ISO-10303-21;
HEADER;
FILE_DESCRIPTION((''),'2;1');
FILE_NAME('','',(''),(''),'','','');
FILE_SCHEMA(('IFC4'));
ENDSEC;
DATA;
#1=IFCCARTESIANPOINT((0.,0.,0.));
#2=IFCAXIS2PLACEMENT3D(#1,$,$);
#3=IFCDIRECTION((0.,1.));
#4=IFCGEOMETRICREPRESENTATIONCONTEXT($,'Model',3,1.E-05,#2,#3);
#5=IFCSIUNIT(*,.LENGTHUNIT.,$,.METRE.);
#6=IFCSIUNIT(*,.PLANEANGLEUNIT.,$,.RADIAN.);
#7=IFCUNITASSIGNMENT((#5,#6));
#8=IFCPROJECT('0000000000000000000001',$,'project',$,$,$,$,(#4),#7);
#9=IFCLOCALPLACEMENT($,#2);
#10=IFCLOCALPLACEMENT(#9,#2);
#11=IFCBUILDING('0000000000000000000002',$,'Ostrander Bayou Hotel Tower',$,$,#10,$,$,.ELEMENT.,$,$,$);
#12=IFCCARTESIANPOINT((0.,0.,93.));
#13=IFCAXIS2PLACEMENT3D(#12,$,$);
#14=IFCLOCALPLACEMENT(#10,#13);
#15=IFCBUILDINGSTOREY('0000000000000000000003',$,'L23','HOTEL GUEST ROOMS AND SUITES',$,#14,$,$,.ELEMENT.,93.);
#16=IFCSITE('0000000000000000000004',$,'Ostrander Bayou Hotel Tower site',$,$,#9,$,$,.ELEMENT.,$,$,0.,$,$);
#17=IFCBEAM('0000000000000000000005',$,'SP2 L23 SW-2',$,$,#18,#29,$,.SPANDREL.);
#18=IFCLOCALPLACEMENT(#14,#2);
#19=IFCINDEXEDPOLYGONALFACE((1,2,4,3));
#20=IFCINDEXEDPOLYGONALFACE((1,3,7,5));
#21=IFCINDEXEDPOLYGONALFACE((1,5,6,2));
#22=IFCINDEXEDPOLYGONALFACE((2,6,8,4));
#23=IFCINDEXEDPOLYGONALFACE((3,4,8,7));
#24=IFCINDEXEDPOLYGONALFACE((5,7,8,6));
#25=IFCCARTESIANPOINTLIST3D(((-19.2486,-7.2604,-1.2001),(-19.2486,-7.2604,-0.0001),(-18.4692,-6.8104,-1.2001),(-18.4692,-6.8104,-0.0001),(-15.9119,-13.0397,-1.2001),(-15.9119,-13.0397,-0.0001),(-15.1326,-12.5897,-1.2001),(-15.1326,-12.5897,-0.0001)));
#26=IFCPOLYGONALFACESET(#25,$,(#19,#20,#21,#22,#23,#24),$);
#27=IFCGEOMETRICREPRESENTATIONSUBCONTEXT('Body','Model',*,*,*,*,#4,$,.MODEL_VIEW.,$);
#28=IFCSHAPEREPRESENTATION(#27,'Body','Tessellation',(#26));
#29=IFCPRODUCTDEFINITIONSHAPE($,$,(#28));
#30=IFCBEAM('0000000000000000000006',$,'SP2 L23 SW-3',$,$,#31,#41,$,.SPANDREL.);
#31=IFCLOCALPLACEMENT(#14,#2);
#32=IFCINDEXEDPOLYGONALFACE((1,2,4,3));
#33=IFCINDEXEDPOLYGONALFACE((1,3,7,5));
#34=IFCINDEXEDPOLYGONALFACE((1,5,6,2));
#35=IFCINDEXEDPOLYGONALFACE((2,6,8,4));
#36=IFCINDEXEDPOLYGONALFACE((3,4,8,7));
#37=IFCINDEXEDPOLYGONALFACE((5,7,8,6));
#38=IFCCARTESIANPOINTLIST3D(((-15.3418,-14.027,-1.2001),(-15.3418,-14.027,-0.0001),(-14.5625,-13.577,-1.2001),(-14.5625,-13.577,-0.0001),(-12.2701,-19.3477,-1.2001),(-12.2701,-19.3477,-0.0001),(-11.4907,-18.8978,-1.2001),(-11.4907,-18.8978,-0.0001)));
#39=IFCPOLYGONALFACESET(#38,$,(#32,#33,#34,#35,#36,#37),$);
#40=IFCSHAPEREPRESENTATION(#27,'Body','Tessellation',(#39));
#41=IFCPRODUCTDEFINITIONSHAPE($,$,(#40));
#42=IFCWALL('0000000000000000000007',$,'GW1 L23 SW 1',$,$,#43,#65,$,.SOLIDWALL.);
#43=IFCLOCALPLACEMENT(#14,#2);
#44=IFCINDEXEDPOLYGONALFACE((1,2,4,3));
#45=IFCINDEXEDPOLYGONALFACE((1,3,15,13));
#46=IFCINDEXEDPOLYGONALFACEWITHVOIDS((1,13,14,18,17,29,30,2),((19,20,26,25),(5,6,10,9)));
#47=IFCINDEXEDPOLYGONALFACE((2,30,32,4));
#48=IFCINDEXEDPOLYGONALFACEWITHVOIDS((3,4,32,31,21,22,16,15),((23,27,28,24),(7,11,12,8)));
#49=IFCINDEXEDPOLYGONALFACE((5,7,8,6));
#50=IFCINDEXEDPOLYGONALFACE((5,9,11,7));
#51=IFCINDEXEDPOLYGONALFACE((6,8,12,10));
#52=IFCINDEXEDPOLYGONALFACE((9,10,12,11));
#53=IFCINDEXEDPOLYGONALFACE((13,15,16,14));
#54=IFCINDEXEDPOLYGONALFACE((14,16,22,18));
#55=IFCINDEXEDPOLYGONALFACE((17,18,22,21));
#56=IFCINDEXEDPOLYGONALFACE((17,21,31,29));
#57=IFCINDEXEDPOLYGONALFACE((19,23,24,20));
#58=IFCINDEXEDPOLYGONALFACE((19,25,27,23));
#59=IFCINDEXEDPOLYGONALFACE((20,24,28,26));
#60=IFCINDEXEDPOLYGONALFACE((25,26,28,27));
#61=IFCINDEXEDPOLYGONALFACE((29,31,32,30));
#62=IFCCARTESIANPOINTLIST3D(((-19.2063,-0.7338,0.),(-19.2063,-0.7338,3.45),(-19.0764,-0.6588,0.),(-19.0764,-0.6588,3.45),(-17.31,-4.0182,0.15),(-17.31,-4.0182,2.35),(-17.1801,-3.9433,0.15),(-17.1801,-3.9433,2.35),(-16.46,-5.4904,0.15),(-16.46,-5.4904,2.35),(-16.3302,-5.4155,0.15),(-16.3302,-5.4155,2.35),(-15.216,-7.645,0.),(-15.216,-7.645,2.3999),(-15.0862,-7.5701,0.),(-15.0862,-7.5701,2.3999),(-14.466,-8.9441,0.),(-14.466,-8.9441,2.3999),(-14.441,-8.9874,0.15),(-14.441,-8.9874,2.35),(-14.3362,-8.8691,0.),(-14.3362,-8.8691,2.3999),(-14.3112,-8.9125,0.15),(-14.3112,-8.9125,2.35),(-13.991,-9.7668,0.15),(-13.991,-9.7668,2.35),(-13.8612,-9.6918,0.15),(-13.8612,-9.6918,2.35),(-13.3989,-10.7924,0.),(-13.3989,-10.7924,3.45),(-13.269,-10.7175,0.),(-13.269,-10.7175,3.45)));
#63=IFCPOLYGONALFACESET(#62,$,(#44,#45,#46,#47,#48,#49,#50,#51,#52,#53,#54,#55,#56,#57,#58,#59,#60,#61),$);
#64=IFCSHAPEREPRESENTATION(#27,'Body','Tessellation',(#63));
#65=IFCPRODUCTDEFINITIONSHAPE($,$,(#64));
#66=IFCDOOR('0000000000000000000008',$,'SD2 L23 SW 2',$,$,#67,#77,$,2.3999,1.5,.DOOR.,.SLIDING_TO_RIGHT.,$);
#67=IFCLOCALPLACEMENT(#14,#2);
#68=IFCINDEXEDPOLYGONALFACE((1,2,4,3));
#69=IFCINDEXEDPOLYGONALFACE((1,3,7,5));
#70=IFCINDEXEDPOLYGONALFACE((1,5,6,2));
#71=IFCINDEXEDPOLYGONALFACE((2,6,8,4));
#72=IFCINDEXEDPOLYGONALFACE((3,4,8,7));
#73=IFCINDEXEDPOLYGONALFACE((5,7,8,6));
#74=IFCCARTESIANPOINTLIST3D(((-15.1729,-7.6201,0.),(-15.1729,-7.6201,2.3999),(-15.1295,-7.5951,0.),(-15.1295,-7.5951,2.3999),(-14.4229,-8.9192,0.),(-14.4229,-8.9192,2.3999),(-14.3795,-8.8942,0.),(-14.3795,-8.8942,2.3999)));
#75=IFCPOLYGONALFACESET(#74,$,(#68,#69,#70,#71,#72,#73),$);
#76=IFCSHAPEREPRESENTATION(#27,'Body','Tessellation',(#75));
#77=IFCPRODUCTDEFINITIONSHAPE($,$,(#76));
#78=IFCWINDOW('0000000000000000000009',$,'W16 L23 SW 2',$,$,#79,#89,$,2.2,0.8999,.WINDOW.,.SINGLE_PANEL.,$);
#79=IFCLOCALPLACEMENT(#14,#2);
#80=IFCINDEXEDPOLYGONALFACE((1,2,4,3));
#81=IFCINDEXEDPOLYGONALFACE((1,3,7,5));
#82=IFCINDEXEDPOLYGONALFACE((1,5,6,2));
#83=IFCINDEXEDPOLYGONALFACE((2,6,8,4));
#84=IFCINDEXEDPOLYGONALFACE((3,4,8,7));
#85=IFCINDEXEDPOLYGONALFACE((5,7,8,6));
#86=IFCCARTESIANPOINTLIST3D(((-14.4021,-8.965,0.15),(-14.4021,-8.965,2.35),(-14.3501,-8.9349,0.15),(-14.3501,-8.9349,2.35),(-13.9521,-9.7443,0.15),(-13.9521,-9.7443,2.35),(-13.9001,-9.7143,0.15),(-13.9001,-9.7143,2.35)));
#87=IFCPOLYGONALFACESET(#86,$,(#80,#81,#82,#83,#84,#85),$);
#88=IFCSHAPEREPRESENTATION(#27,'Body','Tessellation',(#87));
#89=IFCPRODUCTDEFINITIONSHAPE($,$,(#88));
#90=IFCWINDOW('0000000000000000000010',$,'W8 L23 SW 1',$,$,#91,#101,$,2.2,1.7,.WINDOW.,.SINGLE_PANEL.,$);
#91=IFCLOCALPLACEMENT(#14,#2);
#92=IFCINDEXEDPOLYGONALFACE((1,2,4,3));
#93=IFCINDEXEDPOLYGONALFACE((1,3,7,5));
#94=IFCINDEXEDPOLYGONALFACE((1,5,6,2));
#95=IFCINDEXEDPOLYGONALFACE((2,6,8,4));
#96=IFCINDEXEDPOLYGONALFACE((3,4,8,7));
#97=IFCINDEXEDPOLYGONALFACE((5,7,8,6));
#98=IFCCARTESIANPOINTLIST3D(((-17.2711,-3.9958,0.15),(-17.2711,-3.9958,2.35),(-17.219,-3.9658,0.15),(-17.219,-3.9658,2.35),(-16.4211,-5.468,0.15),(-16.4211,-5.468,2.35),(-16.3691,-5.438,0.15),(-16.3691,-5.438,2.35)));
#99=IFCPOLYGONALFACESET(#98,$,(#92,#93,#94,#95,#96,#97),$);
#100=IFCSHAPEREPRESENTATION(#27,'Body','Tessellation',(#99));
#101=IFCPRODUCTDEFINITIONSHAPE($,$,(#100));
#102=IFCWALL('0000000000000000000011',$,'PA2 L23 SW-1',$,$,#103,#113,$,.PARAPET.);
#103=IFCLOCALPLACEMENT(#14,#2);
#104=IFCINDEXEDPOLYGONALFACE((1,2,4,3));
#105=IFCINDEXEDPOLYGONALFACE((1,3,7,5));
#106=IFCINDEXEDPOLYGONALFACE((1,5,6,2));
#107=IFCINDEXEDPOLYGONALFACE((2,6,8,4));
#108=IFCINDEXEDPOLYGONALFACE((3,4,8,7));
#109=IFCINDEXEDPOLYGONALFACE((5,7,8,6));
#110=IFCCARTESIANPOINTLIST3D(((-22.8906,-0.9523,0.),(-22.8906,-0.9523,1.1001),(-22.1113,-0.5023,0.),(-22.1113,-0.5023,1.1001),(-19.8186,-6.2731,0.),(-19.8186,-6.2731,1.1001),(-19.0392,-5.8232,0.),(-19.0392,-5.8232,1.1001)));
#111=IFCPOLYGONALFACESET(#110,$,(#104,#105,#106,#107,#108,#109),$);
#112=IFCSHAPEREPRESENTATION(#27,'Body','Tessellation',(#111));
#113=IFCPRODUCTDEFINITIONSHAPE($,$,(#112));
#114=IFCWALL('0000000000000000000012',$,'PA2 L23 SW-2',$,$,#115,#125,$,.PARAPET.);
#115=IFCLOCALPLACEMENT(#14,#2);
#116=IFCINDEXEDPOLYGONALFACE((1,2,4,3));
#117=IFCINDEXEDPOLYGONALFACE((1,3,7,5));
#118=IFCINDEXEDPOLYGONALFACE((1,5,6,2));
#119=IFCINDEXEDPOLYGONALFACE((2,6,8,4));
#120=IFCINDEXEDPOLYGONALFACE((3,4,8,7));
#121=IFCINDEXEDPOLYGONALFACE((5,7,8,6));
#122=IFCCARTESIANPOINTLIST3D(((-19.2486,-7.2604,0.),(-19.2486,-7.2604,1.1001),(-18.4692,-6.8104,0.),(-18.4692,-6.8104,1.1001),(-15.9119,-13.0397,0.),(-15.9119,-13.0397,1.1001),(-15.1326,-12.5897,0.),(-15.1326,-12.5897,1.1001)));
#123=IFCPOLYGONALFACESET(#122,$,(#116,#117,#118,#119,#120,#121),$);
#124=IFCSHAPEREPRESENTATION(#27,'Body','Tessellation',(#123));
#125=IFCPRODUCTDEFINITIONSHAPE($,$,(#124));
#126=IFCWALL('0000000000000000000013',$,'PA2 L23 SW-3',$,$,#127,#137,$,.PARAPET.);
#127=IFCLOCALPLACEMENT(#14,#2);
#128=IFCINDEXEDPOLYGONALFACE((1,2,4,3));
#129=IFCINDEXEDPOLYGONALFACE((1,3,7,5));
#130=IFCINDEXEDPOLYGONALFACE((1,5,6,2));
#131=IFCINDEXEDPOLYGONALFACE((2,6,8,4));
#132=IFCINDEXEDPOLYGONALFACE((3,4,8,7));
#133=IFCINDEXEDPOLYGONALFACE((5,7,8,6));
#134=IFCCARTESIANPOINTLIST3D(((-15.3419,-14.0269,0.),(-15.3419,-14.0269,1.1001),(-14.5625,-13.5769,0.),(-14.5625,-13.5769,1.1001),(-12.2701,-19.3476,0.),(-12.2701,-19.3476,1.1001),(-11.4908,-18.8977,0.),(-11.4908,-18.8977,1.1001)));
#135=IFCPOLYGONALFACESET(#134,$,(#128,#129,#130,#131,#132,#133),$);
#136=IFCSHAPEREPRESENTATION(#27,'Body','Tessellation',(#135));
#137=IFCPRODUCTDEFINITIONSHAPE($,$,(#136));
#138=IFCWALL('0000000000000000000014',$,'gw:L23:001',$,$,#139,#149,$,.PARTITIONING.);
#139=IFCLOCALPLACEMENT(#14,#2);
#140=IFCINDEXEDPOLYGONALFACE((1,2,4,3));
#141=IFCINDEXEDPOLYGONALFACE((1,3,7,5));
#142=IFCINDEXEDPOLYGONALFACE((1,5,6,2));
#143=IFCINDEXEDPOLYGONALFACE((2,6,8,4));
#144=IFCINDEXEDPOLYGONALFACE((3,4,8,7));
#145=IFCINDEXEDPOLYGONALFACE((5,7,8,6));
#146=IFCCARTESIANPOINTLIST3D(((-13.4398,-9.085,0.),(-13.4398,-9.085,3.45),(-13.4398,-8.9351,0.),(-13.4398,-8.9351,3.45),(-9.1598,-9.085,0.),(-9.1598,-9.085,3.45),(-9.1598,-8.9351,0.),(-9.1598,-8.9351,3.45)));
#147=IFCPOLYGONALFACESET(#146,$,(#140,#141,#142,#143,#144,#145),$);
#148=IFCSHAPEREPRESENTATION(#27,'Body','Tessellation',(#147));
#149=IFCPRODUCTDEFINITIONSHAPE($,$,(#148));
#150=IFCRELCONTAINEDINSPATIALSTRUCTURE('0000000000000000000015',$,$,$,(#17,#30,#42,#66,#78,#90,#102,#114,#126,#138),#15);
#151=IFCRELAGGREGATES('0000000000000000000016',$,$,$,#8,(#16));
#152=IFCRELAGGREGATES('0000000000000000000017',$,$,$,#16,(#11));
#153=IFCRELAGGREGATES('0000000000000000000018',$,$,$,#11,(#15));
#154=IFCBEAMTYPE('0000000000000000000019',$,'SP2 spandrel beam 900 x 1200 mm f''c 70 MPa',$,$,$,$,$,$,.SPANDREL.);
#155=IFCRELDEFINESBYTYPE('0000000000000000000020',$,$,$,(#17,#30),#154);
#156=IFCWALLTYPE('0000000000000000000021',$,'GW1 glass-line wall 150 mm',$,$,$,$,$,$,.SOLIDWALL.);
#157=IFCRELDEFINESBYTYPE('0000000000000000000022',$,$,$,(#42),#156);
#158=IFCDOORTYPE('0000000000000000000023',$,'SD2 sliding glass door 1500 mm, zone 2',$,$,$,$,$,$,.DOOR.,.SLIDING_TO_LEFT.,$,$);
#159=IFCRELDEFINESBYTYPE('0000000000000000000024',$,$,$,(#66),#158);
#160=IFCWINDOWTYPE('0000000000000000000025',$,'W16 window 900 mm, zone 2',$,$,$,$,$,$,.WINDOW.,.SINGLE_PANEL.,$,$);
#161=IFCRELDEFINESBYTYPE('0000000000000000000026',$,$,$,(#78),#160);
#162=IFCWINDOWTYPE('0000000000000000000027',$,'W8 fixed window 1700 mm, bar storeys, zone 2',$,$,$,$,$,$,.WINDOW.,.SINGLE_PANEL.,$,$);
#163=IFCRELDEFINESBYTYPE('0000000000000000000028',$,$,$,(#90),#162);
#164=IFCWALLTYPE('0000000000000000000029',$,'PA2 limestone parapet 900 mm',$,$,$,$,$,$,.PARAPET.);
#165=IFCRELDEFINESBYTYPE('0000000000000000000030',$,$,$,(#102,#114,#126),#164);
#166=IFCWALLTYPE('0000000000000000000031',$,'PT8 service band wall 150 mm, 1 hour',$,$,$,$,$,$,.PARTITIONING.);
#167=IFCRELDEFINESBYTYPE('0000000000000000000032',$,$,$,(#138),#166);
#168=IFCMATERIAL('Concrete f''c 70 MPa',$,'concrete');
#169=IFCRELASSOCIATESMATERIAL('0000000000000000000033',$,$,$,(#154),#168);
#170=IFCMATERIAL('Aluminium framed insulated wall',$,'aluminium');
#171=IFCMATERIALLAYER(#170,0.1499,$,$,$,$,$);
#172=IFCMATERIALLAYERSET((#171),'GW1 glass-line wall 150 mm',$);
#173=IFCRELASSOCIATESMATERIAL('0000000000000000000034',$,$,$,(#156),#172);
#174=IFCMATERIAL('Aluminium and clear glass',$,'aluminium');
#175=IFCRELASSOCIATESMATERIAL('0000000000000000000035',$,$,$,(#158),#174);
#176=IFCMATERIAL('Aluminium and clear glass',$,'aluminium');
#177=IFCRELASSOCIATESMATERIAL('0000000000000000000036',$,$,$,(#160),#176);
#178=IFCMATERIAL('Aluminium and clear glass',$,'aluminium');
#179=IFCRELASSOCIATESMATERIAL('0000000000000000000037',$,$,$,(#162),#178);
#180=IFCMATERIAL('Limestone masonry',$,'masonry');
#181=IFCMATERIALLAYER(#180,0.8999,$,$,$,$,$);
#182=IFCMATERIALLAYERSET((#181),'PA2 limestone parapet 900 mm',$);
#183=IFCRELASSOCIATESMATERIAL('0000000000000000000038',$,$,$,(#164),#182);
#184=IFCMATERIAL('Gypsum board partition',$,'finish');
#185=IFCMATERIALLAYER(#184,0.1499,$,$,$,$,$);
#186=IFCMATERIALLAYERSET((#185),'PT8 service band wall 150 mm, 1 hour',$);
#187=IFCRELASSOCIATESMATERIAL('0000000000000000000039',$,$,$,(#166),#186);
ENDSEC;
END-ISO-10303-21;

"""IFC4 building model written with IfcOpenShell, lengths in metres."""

from ifc_helpers import new_model, si_unit, direction, frame, frame_2d, origin, origin_2d, place, context, subcontext, project, spatial, rectangle, extrude, material, layer, layer_set, material_profile, profile_set, type_object, element, fill, save


model = new_model("IFC4")

# Units and contexts
model_context = context("Model", 3, precision=1e-05, world=origin(), true_north=direction((0.0, 1.0)))
body_context = subcontext(model_context, "Body", "Model", "MODEL_VIEW")
ifc_project = project(units=[si_unit("LENGTHUNIT", "METRE"), si_unit("PLANEANGLEUNIT", "RADIAN")], contexts=[model_context])

# Site, building, storey
site_placement = place(None, origin())
site = spatial("IfcSite", under=ifc_project, at=site_placement, Name="Ostrander Bayou Hotel Tower site", CompositionType="ELEMENT", RefElevation=0.0)
building_placement = place(site_placement, origin())
building = spatial("IfcBuilding", under=site, at=building_placement, Name="Ostrander Bayou Hotel Tower", CompositionType="ELEMENT")
storey_placement = place(building_placement, frame((0.0, 0.0, 93.0)))
storey = spatial("IfcBuildingStorey", under=building, at=storey_placement, Name="L23", Description="HOTEL GUEST ROOMS AND SUITES", CompositionType="ELEMENT", Elevation=93.0)

# Beams
ifc_material_1 = material(Name="Concrete f'c 70 MPa", Category="concrete")
ifc_material_profile_1 = material_profile(ifc_material_1, rectangle(XDim=0.8999, YDim=1.2, at=origin_2d()))
ifc_profile_set_1 = profile_set([ifc_material_profile_1], Name="Concrete f'c 70 MPa")
beam_type_1 = type_object("IfcBeamType", Name="SP2 spandrel beam 900 x 1200 mm f'c 70 MPa", PredefinedType="SPANDREL", material=ifc_profile_set_1)
beam_1_placement = place(storey_placement, frame((-18.8589, -7.0354, -0.6001), z_axis=(0.499999, -0.866026, 0.0), x_axis=(0.866026, 0.499999, 0.0)))
element("IfcBeam", 1, at=beam_1_placement, inside=storey, type_object=beam_type_1, Name="SP2 L23 SW-2", PredefinedType="SPANDREL", context=body_context, shape_type="SweptSolid", body=[
    extrude(rectangle(XDim=0.8999, YDim=1.2, at=origin_2d()), origin(), (0.0, 0.0, 1.0), 6.6733),
])
beam_2_placement = place(storey_placement, frame((-14.9521, -13.802, -0.6001), z_axis=(0.499977, -0.866039, 0.0), x_axis=(0.866039, 0.499977, 0.0)))
element("IfcBeam", 2, at=beam_2_placement, inside=storey, type_object=beam_type_1, Name="SP2 L23 SW-3", PredefinedType="SPANDREL", context=body_context, shape_type="SweptSolid", body=[
    extrude(rectangle(XDim=0.8999, YDim=1.2, at=origin_2d()), origin(), (0.0, 0.0, 1.0), 6.1438),
])

# Wall, openings, door, windows
ifc_material_2 = material(Name="Aluminium framed insulated wall", Category="aluminium")
ifc_layer_1 = layer(ifc_material_2, 0.1499)
ifc_layer_set_1 = layer_set([ifc_layer_1], Name="GW1 glass-line wall 150 mm")
wall_type_1 = type_object("IfcWallType", Name="GW1 glass-line wall 150 mm", PredefinedType="SOLIDWALL", material=ifc_layer_set_1)
wall_1_placement = place(storey_placement, frame((-19.1414, -0.6963, 0.0), z_axis=(0.0, 0.0, 1.0), x_axis=(0.500003, -0.866024, 0.0)))
wall_1 = element("IfcWall", 3, at=wall_1_placement, inside=storey, type_object=wall_type_1, Name="GW1 L23 SW 1", PredefinedType="SOLIDWALL", context=body_context, shape_type="SweptSolid", body=[
    extrude(rectangle(XDim=11.6147, YDim=0.1499, at=frame_2d((5.8074, 0.0))), origin(), (0.0, 0.0, 1.0), 3.45),
])
opening_1_placement = place(wall_1_placement, frame((3.7925, 0.0, 0.1499)))
opening_1 = element("IfcOpeningElement", 4, at=opening_1_placement, cuts=wall_1, PredefinedType="OPENING", context=body_context, shape_type="SweptSolid", body=[
    extrude(rectangle(XDim=1.7, YDim=2.2, at=frame_2d((0.8501, 1.1001))), frame((0.0, 0.075, 0.0), z_axis=(0.0, -1.0, 0.0), x_axis=(1.0, 0.0, 0.0)), (0.0, 0.0, 1.0), 0.1499),
])
opening_2_placement = place(wall_1_placement, frame((9.5305, 0.0, 0.1499)))
opening_2 = element("IfcOpeningElement", 5, at=opening_2_placement, cuts=wall_1, PredefinedType="OPENING", context=body_context, shape_type="SweptSolid", body=[
    extrude(rectangle(XDim=0.8999, YDim=2.2, at=frame_2d((0.45, 1.1001))), frame((0.0, 0.075, 0.0), z_axis=(0.0, -1.0, 0.0), x_axis=(1.0, 0.0, 0.0)), (0.0, 0.0, 1.0), 0.1499),
])
opening_3_placement = place(wall_1_placement, frame((7.9805, 0.0, 0.0)))
opening_3 = element("IfcOpeningElement", 6, at=opening_3_placement, cuts=wall_1, PredefinedType="OPENING", context=body_context, shape_type="SweptSolid", body=[
    extrude(rectangle(XDim=1.5, YDim=2.3999, at=frame_2d((0.75, 1.2))), frame((0.0, 0.075, 0.0), z_axis=(0.0, -1.0, 0.0), x_axis=(1.0, 0.0, 0.0)), (0.0, 0.0, 1.0), 0.1499),
])
ifc_material_3 = material(Name="Aluminium and clear glass", Category="aluminium")
door_type_1 = type_object("IfcDoorType", Name="SD2 sliding glass door 1500 mm, zone 2", OperationType="SLIDING_TO_LEFT", PredefinedType="DOOR", material=ifc_material_3)
door_1_placement = place(opening_3_placement, origin())
door_1 = element("IfcDoor", 7, at=door_1_placement, inside=storey, type_object=door_type_1, Name="SD2 L23 SW 2", OperationType="SLIDING_TO_RIGHT", OverallHeight=2.3999, OverallWidth=1.5, PredefinedType="DOOR", context=body_context, shape_type="SweptSolid", body=[
    extrude(rectangle(XDim=1.5, YDim=2.3999, at=frame_2d((0.75, 1.2))), frame((0.0, 0.0249, 0.0), z_axis=(0.0, -1.0, 0.0), x_axis=(1.0, 0.0, 0.0)), (0.0, 0.0, 1.0), 0.05),
])
fill(opening_3, door_1)
ifc_material_4 = material(Name="Aluminium and clear glass", Category="aluminium")
window_type_1 = type_object("IfcWindowType", Name="W16 window 900 mm, zone 2", PartitioningType="SINGLE_PANEL", PredefinedType="WINDOW", material=ifc_material_4)
window_1_placement = place(opening_2_placement, origin())
window_1 = element("IfcWindow", 8, at=window_1_placement, inside=storey, type_object=window_type_1, Name="W16 L23 SW 2", OverallHeight=2.2, OverallWidth=0.8999, PartitioningType="SINGLE_PANEL", PredefinedType="WINDOW", context=body_context, shape_type="SweptSolid", body=[
    extrude(rectangle(XDim=0.8999, YDim=2.2, at=frame_2d((0.45, 1.1001))), frame((0.0, 0.03, 0.0), z_axis=(0.0, -1.0, 0.0), x_axis=(1.0, 0.0, 0.0)), (0.0, 0.0, 1.0), 0.0601),
])
fill(opening_2, window_1)
ifc_material_5 = material(Name="Aluminium and clear glass", Category="aluminium")
window_type_2 = type_object("IfcWindowType", Name="W8 fixed window 1700 mm, bar storeys, zone 2", PartitioningType="SINGLE_PANEL", PredefinedType="WINDOW", material=ifc_material_5)
window_2_placement = place(opening_1_placement, origin())
window_2 = element("IfcWindow", 9, at=window_2_placement, inside=storey, type_object=window_type_2, Name="W8 L23 SW 1", OverallHeight=2.2, OverallWidth=1.7, PartitioningType="SINGLE_PANEL", PredefinedType="WINDOW", context=body_context, shape_type="SweptSolid", body=[
    extrude(rectangle(XDim=1.7, YDim=2.2, at=frame_2d((0.8501, 1.1001))), frame((0.0, 0.03, 0.0), z_axis=(0.0, -1.0, 0.0), x_axis=(1.0, 0.0, 0.0)), (0.0, 0.0, 1.0), 0.0601),
])
fill(opening_1, window_2)

# Walls
ifc_material_6 = material(Name="Limestone masonry", Category="masonry")
ifc_layer_2 = layer(ifc_material_6, 0.8999)
ifc_layer_set_2 = layer_set([ifc_layer_2], Name="PA2 limestone parapet 900 mm")
wall_type_2 = type_object("IfcWallType", Name="PA2 limestone parapet 900 mm", PredefinedType="PARAPET", material=ifc_layer_set_2)
wall_2_placement = place(storey_placement, frame((-22.501, -0.7273, 0.0), z_axis=(0.0, 0.0, 1.0), x_axis=(0.500007, -0.866021, 0.0)))
element("IfcWall", 10, at=wall_2_placement, inside=storey, type_object=wall_type_2, Name="PA2 L23 SW-1", PredefinedType="PARAPET", context=body_context, shape_type="SweptSolid", body=[
    extrude(rectangle(XDim=6.144, YDim=0.8999, at=frame_2d((3.072, 0.0))), origin(), (0.0, 0.0, 1.0), 1.1001),
])
wall_3_placement = place(storey_placement, frame((-18.8589, -7.0354, 0.0), z_axis=(0.0, 0.0, 1.0), x_axis=(0.499999, -0.866026, 0.0)))
element("IfcWall", 11, at=wall_3_placement, inside=storey, type_object=wall_type_2, Name="PA2 L23 SW-2", PredefinedType="PARAPET", context=body_context, shape_type="SweptSolid", body=[
    extrude(rectangle(XDim=6.6733, YDim=0.8999, at=frame_2d((3.3367, 0.0))), origin(), (0.0, 0.0, 1.0), 1.1001),
])
wall_4_placement = place(storey_placement, frame((-14.9521, -13.802, 0.0), z_axis=(0.0, 0.0, 1.0), x_axis=(0.499977, -0.866039, 0.0)))
element("IfcWall", 12, at=wall_4_placement, inside=storey, type_object=wall_type_2, Name="PA2 L23 SW-3", PredefinedType="PARAPET", context=body_context, shape_type="SweptSolid", body=[
    extrude(rectangle(XDim=6.1438, YDim=0.8999, at=frame_2d((3.0718, 0.0))), origin(), (0.0, 0.0, 1.0), 1.1001),
])
ifc_material_7 = material(Name="Gypsum board partition", Category="finish")
ifc_layer_3 = layer(ifc_material_7, 0.1499)
ifc_layer_set_3 = layer_set([ifc_layer_3], Name="PT8 service band wall 150 mm, 1 hour")
wall_type_3 = type_object("IfcWallType", Name="PT8 service band wall 150 mm, 1 hour", PredefinedType="PARTITIONING", material=ifc_layer_set_3)
wall_5_placement = place(storey_placement, frame((-13.4399, -9.01, 0.0), z_axis=(0.0, 0.0, 1.0), x_axis=(1.0, 0.0, 0.0)))
element("IfcWall", 13, at=wall_5_placement, inside=storey, type_object=wall_type_3, Name="gw:L23:001", PredefinedType="PARTITIONING", context=body_context, shape_type="SweptSolid", body=[
    extrude(rectangle(XDim=4.28, YDim=0.1499, at=frame_2d((2.1401, 0.0))), origin(), (0.0, 0.0, 1.0), 3.45),
])

save(model, "model.ifc")
